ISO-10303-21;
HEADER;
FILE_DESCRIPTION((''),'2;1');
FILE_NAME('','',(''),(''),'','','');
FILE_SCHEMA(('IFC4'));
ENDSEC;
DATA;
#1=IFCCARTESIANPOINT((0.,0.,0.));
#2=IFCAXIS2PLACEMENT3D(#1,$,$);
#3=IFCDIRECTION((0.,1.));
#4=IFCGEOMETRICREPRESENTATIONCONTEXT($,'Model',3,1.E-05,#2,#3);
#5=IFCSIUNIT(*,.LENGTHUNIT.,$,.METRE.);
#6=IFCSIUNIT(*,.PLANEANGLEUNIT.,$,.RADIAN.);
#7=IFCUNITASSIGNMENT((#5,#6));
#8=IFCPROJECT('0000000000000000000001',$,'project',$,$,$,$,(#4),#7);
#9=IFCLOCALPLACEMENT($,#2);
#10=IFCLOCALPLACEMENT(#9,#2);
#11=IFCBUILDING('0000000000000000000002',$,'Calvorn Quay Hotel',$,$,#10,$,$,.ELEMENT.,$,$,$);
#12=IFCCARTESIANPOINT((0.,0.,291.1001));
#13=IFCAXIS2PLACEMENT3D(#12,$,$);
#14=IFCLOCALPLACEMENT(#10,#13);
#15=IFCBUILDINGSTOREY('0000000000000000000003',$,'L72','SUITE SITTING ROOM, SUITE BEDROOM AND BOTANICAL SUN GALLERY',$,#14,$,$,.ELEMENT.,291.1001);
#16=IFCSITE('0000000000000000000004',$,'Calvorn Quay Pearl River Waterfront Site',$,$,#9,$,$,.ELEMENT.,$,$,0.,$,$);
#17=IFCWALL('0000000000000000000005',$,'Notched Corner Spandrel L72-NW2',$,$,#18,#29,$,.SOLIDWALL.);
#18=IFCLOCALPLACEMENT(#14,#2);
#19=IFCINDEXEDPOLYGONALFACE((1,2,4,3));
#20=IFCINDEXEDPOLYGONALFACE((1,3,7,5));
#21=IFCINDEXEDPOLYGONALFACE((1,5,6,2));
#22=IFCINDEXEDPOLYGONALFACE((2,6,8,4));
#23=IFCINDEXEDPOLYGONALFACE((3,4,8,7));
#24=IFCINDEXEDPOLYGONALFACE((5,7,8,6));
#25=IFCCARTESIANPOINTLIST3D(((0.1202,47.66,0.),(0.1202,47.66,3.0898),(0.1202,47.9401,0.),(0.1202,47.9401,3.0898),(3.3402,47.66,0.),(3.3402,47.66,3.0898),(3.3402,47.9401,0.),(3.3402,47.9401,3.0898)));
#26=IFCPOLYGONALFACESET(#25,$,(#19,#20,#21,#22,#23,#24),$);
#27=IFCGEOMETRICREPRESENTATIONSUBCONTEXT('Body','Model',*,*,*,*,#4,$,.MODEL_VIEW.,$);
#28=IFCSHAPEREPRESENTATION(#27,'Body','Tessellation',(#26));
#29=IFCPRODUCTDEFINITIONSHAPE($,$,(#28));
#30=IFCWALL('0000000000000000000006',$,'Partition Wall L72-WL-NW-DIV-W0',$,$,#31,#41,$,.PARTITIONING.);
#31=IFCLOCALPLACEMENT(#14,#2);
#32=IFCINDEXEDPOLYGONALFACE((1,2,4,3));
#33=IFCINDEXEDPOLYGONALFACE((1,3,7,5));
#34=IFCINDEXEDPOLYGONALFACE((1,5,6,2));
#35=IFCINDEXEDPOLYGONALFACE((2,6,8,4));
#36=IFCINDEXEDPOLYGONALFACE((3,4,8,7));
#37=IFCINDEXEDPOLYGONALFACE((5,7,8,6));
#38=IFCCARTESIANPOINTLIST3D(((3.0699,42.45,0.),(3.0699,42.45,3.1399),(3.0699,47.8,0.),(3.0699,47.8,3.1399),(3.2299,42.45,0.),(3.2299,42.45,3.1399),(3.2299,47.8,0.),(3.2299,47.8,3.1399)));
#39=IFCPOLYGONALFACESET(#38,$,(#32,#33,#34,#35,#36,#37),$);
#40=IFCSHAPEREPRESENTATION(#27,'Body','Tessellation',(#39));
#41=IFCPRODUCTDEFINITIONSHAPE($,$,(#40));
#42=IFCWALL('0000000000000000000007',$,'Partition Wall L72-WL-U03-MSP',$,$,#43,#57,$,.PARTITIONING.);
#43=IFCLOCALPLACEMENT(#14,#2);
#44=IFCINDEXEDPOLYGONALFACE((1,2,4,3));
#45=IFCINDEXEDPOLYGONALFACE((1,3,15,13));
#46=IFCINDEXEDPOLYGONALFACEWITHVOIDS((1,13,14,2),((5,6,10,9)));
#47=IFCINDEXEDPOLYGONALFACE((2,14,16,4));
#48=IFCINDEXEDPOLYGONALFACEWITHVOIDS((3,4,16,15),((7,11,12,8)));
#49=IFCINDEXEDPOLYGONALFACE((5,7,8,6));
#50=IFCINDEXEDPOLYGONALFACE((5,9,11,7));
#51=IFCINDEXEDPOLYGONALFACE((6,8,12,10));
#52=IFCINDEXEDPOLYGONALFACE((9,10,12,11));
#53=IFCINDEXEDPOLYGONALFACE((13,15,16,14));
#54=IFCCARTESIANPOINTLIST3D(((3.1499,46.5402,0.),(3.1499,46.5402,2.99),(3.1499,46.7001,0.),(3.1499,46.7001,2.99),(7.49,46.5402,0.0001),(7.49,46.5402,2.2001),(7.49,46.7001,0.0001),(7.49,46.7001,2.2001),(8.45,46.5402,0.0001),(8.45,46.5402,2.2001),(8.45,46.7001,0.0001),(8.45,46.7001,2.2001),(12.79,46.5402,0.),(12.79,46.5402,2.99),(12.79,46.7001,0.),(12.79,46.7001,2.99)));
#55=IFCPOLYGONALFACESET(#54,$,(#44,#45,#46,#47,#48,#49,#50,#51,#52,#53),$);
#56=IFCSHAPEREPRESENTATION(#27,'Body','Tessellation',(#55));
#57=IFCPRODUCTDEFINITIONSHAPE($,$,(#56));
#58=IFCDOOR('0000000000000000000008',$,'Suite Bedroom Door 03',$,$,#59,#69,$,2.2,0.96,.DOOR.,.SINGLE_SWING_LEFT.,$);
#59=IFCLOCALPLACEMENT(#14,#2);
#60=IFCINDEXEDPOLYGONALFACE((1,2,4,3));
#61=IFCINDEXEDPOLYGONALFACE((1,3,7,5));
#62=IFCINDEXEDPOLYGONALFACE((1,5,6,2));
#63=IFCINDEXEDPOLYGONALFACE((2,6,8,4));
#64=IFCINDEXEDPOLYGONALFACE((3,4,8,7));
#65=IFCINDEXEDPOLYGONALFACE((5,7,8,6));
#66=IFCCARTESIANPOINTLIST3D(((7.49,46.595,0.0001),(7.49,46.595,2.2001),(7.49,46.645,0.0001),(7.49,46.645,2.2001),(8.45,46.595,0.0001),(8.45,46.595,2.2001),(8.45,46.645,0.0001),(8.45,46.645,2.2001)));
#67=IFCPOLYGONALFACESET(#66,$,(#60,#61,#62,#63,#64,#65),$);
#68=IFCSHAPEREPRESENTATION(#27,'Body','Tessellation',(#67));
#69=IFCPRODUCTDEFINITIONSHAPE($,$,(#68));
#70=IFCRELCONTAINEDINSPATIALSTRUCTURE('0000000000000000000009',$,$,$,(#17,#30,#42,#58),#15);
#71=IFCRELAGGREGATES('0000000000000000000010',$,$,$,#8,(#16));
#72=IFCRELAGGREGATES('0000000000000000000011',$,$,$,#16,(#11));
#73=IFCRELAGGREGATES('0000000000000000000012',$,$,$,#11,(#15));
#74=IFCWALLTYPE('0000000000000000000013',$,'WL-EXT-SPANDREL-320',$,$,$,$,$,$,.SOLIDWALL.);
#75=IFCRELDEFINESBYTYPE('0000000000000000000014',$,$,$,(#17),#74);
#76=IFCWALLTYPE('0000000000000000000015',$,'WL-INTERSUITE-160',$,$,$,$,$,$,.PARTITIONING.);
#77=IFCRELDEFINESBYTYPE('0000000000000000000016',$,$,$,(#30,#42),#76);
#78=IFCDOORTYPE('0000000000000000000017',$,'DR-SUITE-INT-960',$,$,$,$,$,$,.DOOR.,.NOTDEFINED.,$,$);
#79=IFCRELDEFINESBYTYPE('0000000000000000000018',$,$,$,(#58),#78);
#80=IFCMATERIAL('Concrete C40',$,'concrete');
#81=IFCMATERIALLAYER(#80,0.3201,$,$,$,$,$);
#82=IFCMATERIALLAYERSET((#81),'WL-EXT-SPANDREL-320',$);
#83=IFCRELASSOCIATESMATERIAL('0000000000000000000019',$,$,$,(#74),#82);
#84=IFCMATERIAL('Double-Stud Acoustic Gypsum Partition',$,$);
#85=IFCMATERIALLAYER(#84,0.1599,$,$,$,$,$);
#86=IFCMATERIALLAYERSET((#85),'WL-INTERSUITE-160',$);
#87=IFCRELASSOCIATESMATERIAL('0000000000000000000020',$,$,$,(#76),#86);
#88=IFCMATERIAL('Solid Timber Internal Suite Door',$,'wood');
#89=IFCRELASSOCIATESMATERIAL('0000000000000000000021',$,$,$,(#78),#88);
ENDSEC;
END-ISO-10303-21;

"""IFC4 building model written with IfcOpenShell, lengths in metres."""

from ifc_helpers import new_model, si_unit, direction, frame, frame_2d, origin, place, context, subcontext, project, spatial, rectangle, extrude, material, layer, layer_set, type_object, element, fill, save


model = new_model("IFC4")

# Units and contexts
model_context = context("Model", 3, precision=1e-05, world=origin(), true_north=direction((0.0, 1.0)))
body_context = subcontext(model_context, "Body", "Model", "MODEL_VIEW")
ifc_project = project(units=[si_unit("LENGTHUNIT", "METRE"), si_unit("PLANEANGLEUNIT", "RADIAN")], contexts=[model_context])

# Site, building, storey
site_placement = place(None, origin())
site = spatial("IfcSite", under=ifc_project, at=site_placement, Name="Calvorn Quay Pearl River Waterfront Site", CompositionType="ELEMENT", RefElevation=0.0)
building_placement = place(site_placement, origin())
building = spatial("IfcBuilding", under=site, at=building_placement, Name="Calvorn Quay Hotel", CompositionType="ELEMENT")
storey_placement = place(building_placement, frame((0.0, 0.0, 291.1001)))
storey = spatial("IfcBuildingStorey", under=building, at=storey_placement, Name="L72", Description="SUITE SITTING ROOM, SUITE BEDROOM AND BOTANICAL SUN GALLERY", CompositionType="ELEMENT", Elevation=291.1001)

# Walls
ifc_material_1 = material(Name="Concrete C40", Category="concrete")
ifc_layer_1 = layer(ifc_material_1, 0.3201)
ifc_layer_set_1 = layer_set([ifc_layer_1], Name="WL-EXT-SPANDREL-320")
wall_type_1 = type_object("IfcWallType", Name="WL-EXT-SPANDREL-320", PredefinedType="SOLIDWALL", material=ifc_layer_set_1)
wall_1_placement = place(storey_placement, frame((3.3401, 47.8, 0.0), z_axis=(0.0, 0.0, 1.0), x_axis=(-1.0, 0.0, 0.0)))
element("IfcWall", 1, at=wall_1_placement, inside=storey, type_object=wall_type_1, Name="Notched Corner Spandrel L72-NW2", PredefinedType="SOLIDWALL", context=body_context, shape_type="SweptSolid", body=[
    extrude(rectangle(XDim=3.22, YDim=0.28, at=frame_2d((1.6099, 0.0))), origin(), (0.0, 0.0, 1.0), 3.0898),
])
ifc_material_2 = material(Name="Double-Stud Acoustic Gypsum Partition")
ifc_layer_2 = layer(ifc_material_2, 0.1599)
ifc_layer_set_2 = layer_set([ifc_layer_2], Name="WL-INTERSUITE-160")
wall_type_2 = type_object("IfcWallType", Name="WL-INTERSUITE-160", PredefinedType="PARTITIONING", material=ifc_layer_set_2)
wall_2_placement = place(storey_placement, frame((3.1499, 42.45, 0.0), z_axis=(0.0, 0.0, 1.0), x_axis=(0.0, 1.0, 0.0)))
element("IfcWall", 2, at=wall_2_placement, inside=storey, type_object=wall_type_2, Name="Partition Wall L72-WL-NW-DIV-W0", PredefinedType="PARTITIONING", context=body_context, shape_type="SweptSolid", body=[
    extrude(rectangle(XDim=5.3501, YDim=0.1599, at=frame_2d((2.675, 0.0))), origin(), (0.0, 0.0, 1.0), 3.1399),
])

# Wall, opening, door
wall_3_placement = place(storey_placement, frame((3.1499, 46.6201, 0.0), z_axis=(0.0, 0.0, 1.0), x_axis=(1.0, 0.0, 0.0)))
wall_3 = element("IfcWall", 3, at=wall_3_placement, inside=storey, type_object=wall_type_2, Name="Partition Wall L72-WL-U03-MSP", PredefinedType="PARTITIONING", context=body_context, shape_type="SweptSolid", body=[
    extrude(rectangle(XDim=9.6401, YDim=0.1599, at=frame_2d((4.8201, 0.0))), origin(), (0.0, 0.0, 1.0), 2.99),
])
opening_placement = place(wall_3_placement, frame((4.3401, 0.0, 0.0)))
opening = element("IfcOpeningElement", 4, at=opening_placement, cuts=wall_3, PredefinedType="OPENING", context=body_context, shape_type="SweptSolid", body=[
    extrude(rectangle(XDim=0.96, YDim=2.2, at=frame_2d((0.48, 1.1001))), frame((0.0, 0.0898, 0.0), z_axis=(0.0, -1.0, 0.0), x_axis=(1.0, 0.0, 0.0)), (0.0, 0.0, 1.0), 0.1799),
])
ifc_material_3 = material(Name="Solid Timber Internal Suite Door", Category="wood")
door_type = type_object("IfcDoorType", Name="DR-SUITE-INT-960", OperationType="NOTDEFINED", PredefinedType="DOOR", material=ifc_material_3)
door_placement = place(opening_placement, origin())
door = element("IfcDoor", 5, at=door_placement, inside=storey, type_object=door_type, Name="Suite Bedroom Door 03", OperationType="SINGLE_SWING_LEFT", OverallHeight=2.2, OverallWidth=0.96, PredefinedType="DOOR", context=body_context, shape_type="SweptSolid", body=[
    extrude(rectangle(XDim=0.96, YDim=2.2, at=frame_2d((0.48, 1.1001))), frame((0.0, 0.0249, 0.0), z_axis=(0.0, -1.0, 0.0), x_axis=(1.0, 0.0, 0.0)), (0.0, 0.0, 1.0), 0.05),
])
fill(opening, door)

save(model, "model.ifc")
